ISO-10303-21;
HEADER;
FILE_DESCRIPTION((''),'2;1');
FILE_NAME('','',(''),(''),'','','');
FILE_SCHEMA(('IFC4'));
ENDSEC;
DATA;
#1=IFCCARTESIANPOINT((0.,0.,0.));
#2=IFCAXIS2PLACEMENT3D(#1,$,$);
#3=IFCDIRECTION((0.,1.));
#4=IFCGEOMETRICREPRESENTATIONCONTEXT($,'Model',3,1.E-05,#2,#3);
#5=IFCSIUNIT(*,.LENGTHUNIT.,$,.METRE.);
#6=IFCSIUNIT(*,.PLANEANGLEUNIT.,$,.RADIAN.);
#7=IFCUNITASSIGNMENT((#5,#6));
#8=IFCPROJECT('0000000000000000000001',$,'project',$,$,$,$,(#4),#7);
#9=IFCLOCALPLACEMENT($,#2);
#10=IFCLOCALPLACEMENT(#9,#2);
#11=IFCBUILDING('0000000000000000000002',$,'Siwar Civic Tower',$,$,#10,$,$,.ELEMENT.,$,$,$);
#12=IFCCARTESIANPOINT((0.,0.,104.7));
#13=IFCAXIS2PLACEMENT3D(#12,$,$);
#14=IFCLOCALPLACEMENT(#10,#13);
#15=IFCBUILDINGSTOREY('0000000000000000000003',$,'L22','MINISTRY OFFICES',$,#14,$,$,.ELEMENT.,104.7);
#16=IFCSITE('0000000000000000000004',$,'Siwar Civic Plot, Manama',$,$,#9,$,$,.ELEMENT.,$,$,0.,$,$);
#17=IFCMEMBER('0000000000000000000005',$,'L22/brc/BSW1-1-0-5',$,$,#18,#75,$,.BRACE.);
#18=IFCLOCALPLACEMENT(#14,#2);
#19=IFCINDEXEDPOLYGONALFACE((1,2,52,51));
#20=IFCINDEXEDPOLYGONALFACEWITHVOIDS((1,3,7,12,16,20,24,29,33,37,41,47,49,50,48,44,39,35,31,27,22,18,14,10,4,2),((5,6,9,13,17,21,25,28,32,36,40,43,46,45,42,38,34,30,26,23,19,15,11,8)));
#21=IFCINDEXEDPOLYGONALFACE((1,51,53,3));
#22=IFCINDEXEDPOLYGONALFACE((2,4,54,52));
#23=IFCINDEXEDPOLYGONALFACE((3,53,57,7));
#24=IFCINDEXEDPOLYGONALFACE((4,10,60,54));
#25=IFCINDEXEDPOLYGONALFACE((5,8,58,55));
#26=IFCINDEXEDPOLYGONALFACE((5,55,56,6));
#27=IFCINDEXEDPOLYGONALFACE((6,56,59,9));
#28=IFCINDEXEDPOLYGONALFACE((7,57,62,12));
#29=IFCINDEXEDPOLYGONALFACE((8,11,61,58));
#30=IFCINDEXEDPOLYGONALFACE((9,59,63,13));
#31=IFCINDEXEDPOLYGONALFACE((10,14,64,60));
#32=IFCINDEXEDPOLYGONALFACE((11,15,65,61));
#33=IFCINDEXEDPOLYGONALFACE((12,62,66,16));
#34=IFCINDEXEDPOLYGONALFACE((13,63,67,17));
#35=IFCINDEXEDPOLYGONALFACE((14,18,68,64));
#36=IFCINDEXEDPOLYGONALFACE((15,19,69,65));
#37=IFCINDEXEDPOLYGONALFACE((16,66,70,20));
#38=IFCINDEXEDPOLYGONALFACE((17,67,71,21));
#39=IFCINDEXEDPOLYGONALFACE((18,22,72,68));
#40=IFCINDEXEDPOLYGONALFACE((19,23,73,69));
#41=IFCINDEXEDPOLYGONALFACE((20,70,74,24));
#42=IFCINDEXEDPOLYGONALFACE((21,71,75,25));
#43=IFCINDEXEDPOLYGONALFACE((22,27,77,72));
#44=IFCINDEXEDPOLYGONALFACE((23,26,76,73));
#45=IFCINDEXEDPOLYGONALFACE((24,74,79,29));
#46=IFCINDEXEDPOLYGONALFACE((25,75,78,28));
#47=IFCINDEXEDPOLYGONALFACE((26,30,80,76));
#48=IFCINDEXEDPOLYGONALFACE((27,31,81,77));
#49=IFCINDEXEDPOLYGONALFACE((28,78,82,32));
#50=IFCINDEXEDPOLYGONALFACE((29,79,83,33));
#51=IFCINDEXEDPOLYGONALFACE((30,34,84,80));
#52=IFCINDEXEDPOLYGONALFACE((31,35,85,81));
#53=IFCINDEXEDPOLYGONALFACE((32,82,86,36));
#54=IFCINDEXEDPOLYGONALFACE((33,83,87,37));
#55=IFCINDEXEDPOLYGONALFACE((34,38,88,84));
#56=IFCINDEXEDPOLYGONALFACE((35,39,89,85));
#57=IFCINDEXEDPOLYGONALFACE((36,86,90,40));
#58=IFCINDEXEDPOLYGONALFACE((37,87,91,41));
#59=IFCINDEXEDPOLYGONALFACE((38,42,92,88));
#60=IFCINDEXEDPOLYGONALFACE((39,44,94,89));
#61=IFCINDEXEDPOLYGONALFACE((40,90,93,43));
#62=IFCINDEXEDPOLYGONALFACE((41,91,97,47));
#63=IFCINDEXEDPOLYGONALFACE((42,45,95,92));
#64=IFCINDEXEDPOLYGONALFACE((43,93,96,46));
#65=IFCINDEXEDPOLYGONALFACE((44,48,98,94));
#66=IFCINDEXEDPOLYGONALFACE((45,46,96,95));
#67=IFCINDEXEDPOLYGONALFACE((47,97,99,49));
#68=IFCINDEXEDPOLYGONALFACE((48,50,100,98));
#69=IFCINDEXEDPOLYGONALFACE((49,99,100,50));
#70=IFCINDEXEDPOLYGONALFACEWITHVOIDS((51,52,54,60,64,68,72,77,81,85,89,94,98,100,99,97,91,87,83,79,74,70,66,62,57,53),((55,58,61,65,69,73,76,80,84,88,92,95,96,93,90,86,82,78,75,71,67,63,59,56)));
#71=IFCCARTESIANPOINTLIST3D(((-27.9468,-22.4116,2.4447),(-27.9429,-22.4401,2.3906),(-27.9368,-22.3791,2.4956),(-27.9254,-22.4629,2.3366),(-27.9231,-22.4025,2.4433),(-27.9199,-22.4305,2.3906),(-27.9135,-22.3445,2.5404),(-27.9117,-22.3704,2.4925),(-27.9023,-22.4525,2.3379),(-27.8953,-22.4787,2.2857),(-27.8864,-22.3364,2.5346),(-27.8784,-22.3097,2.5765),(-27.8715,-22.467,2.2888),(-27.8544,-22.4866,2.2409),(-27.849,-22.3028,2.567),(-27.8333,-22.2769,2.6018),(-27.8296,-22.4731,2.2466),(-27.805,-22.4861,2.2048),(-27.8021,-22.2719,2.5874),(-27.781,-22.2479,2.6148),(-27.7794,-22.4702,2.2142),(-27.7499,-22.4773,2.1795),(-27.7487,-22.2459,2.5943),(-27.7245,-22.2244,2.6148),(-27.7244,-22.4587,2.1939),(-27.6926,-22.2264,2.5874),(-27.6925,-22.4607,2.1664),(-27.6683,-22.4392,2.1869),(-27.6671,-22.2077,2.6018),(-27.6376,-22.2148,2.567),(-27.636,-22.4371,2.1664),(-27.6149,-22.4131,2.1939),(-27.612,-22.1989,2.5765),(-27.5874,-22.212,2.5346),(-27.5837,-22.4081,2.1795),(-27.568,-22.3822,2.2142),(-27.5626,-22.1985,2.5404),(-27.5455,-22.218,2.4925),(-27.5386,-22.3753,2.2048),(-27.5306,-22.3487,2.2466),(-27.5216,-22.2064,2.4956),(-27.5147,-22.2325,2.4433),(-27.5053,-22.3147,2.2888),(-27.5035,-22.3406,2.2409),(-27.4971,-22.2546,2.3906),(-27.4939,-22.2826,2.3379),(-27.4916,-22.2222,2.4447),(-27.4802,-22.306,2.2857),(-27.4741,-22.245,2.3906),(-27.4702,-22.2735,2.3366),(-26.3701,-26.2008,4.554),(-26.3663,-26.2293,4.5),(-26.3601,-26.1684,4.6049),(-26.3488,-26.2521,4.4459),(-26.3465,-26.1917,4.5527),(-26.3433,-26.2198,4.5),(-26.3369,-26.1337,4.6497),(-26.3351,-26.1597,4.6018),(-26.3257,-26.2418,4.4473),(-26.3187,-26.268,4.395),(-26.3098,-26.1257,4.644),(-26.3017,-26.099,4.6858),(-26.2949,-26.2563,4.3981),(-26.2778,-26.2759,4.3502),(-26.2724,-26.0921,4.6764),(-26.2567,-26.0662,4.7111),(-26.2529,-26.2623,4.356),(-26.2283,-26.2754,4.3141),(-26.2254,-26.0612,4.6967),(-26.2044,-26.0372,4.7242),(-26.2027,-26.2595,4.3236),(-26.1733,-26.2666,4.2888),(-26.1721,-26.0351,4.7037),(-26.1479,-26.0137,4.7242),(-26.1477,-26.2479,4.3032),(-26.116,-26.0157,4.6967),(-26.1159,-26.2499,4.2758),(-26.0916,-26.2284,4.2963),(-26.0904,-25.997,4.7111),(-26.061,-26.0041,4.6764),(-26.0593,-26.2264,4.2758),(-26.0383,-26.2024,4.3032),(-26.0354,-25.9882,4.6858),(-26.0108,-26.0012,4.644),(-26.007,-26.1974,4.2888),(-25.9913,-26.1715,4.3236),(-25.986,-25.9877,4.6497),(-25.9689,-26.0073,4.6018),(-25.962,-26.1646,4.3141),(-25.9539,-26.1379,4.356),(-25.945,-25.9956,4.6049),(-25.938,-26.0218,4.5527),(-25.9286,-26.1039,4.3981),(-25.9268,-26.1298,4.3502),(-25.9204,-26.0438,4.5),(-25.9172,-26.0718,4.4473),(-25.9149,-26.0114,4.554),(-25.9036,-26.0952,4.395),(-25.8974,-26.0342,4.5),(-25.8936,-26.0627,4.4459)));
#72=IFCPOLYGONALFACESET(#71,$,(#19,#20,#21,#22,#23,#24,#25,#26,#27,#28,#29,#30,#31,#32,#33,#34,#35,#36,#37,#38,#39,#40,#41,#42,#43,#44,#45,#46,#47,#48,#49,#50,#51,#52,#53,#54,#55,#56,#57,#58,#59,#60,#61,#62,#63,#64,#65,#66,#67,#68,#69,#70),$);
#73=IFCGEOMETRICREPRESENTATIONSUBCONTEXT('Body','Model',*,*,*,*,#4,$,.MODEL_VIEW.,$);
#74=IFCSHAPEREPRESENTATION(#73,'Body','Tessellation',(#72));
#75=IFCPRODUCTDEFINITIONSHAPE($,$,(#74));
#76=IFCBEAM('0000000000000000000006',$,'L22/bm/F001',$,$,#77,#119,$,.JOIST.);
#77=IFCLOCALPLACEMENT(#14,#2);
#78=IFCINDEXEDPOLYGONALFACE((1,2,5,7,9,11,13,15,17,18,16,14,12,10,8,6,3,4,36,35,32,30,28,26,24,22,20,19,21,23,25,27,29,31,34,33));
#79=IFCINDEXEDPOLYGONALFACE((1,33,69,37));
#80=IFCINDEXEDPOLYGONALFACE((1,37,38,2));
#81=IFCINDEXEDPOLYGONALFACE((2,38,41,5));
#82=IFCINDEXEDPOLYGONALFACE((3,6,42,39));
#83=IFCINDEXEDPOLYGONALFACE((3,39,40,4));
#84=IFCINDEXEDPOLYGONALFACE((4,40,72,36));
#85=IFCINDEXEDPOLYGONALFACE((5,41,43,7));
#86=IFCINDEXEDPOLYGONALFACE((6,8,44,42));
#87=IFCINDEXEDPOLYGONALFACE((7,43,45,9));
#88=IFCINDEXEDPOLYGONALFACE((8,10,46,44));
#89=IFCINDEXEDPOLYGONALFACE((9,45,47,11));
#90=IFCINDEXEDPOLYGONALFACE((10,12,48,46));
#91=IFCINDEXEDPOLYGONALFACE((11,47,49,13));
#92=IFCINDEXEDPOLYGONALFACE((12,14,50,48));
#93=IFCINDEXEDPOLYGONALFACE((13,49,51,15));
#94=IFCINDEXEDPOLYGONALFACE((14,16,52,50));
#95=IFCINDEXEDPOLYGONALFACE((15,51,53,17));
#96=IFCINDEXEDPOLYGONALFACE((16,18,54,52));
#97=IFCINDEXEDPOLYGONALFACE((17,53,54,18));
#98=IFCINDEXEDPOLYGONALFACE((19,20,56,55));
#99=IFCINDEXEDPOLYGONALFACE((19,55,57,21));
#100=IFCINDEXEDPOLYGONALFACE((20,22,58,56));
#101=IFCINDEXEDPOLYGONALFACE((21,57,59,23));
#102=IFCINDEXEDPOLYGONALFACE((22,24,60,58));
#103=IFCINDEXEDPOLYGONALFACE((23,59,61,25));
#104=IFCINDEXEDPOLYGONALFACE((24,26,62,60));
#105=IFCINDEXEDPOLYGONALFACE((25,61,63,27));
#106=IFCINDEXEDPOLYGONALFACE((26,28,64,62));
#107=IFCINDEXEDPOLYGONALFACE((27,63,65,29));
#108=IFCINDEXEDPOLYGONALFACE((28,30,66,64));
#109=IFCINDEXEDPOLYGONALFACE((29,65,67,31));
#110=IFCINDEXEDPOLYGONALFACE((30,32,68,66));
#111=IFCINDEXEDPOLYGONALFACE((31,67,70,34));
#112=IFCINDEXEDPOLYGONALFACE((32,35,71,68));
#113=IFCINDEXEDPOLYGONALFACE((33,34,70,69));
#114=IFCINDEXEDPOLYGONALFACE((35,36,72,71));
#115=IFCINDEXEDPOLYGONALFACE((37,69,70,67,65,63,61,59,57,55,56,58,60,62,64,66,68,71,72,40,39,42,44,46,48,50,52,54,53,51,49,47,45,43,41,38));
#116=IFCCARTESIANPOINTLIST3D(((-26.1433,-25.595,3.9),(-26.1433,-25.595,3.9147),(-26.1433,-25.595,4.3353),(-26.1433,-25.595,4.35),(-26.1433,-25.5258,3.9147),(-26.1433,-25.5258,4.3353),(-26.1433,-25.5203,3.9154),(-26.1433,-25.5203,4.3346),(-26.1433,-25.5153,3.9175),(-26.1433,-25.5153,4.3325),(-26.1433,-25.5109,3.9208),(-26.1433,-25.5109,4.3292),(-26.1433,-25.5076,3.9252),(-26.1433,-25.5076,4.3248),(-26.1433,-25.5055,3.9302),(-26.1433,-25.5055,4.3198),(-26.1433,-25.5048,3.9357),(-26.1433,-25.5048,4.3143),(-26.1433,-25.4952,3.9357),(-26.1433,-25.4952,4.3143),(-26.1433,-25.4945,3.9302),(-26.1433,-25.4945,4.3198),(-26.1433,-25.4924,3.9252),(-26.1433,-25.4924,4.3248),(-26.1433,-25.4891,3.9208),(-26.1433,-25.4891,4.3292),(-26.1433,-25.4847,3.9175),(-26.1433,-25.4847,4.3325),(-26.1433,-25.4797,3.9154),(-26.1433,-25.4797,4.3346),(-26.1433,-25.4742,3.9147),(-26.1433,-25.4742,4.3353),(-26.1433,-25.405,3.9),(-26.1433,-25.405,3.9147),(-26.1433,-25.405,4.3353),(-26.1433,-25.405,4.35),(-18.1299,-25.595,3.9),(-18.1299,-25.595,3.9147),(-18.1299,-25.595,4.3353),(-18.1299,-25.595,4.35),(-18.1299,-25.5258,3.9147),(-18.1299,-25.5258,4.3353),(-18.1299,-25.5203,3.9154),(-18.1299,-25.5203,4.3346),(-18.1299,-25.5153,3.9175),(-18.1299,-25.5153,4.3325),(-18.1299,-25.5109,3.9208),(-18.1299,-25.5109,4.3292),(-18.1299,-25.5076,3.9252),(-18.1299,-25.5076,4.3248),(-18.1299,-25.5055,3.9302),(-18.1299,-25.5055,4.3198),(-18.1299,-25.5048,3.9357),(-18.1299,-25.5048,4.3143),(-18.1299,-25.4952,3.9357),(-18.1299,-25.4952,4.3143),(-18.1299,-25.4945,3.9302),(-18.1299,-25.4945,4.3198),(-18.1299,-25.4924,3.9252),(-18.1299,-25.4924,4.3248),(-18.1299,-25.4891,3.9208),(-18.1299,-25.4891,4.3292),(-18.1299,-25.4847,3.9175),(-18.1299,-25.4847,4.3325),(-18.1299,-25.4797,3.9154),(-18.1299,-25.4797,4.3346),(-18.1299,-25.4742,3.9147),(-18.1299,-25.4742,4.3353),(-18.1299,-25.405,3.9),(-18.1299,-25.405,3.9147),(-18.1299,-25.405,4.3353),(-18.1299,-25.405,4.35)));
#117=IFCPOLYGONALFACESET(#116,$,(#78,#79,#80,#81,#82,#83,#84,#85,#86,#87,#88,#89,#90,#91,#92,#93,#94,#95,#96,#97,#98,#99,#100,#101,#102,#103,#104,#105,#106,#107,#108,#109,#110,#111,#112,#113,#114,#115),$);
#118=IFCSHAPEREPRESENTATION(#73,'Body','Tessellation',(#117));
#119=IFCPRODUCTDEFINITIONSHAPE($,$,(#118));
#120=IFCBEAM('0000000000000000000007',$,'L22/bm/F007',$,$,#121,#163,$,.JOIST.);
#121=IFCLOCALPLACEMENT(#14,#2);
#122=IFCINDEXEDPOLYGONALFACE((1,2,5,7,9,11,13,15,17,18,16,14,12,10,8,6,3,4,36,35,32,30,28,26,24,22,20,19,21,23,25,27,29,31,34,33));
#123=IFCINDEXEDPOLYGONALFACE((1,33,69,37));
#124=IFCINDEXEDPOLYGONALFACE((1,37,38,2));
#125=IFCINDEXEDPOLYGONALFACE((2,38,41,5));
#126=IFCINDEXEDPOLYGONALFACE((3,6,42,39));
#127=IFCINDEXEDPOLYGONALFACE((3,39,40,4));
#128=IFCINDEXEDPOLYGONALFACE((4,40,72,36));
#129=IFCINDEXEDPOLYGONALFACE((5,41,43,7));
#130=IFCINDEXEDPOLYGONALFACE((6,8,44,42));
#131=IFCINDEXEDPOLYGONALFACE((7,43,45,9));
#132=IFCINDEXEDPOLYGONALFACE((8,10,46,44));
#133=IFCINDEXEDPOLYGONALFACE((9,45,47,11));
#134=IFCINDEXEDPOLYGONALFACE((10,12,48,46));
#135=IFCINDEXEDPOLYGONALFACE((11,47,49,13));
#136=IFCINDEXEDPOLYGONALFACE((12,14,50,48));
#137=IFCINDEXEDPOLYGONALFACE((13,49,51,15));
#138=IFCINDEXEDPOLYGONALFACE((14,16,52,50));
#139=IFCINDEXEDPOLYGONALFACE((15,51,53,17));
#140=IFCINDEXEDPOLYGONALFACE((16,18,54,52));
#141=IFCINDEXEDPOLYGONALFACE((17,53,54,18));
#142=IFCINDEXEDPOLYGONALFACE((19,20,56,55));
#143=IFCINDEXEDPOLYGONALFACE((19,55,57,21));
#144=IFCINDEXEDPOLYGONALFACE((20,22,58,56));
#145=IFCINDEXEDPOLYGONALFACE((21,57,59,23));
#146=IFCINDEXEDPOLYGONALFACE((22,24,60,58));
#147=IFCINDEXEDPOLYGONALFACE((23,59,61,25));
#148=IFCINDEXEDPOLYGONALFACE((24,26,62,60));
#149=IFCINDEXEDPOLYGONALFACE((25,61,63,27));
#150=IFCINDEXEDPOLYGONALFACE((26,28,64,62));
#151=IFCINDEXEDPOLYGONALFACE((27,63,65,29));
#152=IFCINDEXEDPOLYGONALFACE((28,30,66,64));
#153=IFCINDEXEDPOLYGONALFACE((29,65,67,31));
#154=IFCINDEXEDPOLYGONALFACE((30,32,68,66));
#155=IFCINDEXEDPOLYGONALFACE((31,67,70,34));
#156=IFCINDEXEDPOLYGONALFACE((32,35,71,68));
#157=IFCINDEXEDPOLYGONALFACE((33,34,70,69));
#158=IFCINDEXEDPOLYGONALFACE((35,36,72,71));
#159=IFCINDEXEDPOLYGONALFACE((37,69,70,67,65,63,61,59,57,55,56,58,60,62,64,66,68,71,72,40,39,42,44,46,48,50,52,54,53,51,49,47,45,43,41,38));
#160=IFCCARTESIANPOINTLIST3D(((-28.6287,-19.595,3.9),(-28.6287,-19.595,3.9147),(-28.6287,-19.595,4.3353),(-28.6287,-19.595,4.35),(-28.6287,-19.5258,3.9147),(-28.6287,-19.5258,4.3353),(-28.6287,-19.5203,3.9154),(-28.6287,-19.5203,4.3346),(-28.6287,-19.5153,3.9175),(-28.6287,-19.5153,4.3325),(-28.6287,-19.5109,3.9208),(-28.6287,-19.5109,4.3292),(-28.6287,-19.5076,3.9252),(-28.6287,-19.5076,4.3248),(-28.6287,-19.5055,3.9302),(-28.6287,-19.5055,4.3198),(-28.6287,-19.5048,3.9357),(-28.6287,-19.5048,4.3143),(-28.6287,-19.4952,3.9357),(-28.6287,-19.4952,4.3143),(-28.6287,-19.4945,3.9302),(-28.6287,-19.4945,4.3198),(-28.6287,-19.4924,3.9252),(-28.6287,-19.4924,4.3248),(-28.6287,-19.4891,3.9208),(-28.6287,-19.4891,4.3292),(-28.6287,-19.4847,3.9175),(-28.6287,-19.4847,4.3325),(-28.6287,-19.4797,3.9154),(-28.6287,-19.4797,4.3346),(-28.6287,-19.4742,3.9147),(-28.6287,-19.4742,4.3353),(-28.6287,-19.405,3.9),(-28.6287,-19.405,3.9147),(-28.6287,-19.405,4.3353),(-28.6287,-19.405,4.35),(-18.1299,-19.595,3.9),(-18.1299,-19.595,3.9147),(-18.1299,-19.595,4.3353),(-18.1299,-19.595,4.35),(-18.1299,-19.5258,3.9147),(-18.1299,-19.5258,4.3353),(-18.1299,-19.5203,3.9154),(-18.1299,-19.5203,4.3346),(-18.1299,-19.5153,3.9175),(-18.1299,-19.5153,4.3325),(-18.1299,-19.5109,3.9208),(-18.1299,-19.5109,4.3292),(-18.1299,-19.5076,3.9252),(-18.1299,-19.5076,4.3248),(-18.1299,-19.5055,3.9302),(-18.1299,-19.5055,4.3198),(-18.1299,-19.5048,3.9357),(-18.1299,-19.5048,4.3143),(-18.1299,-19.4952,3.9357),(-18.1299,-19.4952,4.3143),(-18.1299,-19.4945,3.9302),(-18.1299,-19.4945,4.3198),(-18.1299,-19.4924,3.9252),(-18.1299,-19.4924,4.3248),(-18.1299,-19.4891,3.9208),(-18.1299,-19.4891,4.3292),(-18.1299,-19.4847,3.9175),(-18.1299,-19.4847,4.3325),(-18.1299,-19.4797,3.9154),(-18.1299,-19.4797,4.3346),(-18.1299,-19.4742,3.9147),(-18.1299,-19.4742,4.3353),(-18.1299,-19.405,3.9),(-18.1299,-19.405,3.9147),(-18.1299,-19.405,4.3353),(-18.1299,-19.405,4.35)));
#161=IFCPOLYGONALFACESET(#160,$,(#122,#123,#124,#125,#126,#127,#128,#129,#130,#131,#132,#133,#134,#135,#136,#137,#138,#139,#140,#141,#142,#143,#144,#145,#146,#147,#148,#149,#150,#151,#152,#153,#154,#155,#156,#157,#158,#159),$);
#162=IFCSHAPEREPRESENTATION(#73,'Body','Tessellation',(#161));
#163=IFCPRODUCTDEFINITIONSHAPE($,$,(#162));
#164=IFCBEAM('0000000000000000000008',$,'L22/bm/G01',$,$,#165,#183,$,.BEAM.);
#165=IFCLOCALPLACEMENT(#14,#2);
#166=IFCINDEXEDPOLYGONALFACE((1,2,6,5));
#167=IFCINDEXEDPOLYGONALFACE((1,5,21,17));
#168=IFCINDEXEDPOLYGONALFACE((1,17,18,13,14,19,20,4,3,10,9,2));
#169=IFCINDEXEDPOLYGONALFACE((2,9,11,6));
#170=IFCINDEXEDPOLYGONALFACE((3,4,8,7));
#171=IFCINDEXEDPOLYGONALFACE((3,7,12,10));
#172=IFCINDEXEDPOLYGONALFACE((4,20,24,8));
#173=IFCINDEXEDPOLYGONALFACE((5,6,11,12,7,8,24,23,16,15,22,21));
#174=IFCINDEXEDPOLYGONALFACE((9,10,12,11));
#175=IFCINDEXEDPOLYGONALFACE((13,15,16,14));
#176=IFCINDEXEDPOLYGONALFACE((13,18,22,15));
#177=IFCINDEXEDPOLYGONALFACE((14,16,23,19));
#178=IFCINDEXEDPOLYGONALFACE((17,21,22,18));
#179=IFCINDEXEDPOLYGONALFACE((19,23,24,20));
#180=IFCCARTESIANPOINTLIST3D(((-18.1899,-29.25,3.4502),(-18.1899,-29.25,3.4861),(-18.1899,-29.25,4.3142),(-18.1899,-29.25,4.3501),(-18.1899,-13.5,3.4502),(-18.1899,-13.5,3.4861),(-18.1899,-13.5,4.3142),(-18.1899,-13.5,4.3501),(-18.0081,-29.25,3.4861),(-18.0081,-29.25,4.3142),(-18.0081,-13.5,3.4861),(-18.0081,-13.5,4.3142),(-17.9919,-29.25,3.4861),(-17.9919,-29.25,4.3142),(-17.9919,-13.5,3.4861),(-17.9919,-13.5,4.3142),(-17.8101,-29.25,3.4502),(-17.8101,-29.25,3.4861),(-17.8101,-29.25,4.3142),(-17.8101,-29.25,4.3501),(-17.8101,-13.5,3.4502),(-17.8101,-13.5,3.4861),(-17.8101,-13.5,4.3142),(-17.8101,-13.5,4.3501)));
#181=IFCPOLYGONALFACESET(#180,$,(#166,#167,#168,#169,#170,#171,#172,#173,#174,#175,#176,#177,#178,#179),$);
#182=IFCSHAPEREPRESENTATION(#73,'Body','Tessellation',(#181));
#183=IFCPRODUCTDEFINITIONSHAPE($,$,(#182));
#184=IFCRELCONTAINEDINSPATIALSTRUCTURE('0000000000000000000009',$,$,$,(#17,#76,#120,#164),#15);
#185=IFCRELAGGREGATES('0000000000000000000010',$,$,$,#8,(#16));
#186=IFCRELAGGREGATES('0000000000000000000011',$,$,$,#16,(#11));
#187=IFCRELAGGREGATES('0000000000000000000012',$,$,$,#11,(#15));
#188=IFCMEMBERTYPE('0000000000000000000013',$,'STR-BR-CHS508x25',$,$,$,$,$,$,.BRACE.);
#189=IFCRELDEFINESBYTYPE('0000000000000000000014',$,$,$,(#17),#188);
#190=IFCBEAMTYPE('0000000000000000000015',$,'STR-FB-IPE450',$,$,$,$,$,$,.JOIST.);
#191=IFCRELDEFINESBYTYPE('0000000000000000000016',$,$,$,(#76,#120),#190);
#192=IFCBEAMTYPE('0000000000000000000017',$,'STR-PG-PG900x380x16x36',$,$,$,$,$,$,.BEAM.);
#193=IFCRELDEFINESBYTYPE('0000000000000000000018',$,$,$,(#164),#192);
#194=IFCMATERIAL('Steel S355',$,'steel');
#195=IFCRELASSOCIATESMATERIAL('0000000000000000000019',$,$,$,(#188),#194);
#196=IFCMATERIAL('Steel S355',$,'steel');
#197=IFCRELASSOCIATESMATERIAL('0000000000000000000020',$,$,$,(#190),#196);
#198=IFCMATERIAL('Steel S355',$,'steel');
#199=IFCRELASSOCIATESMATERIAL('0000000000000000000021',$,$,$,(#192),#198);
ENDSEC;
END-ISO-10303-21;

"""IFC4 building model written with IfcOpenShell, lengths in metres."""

from ifc_helpers import new_model, si_unit, direction, frame, origin, origin_2d, place, context, subcontext, project, spatial, hollow_circle, i_section, extrude, material, material_profile, profile_set, type_object, element, save


model = new_model("IFC4")

# Units and contexts
model_context = context("Model", 3, precision=1e-05, world=origin(), true_north=direction((0.0, 1.0)))
body_context = subcontext(model_context, "Body", "Model", "MODEL_VIEW")
ifc_project = project(units=[si_unit("LENGTHUNIT", "METRE"), si_unit("PLANEANGLEUNIT", "RADIAN")], contexts=[model_context])

# Site, building, storey
site_placement = place(None, origin())
site = spatial("IfcSite", under=ifc_project, at=site_placement, Name="Siwar Civic Plot, Manama", CompositionType="ELEMENT", RefElevation=0.0)
building_placement = place(site_placement, origin())
building = spatial("IfcBuilding", under=site, at=building_placement, Name="Siwar Civic Tower", CompositionType="ELEMENT")
storey_placement = place(building_placement, frame((0.0, 0.0, 104.7)))
storey = spatial("IfcBuildingStorey", under=building, at=storey_placement, Name="L22", Description="MINISTRY OFFICES", CompositionType="ELEMENT", Elevation=104.7)

# Member
ifc_material_1 = material(Name="Steel S355", Category="steel")
ifc_material_profile_1 = material_profile(ifc_material_1, hollow_circle(Radius=0.2539, WallThickness=0.0249, at=origin_2d()), Name="CHS508x25")
ifc_profile_set_1 = profile_set([ifc_material_profile_1], Name="Steel S355")
member_type_1 = type_object("IfcMemberType", Name="STR-BR-CHS508x25", PredefinedType="BRACE", material=ifc_profile_set_1)
for number, where, z_axis, x_axis, name in (
    (1, (-27.7085, -22.3425, 2.3906), (0.341671, -0.821163, 0.457113), (0.923269, 0.384155, 0.0), "L22/brc/BSW1-1-0-5"),
):
    element("IfcMember", number, at=place(storey_placement, frame(where, z_axis=z_axis, x_axis=x_axis)), inside=storey, type_object=member_type_1, Name=name, PredefinedType="BRACE", context=body_context, shape_type="SweptSolid", body=[
        extrude(hollow_circle(Radius=0.2539, WallThickness=0.0249, at=origin_2d()), origin(), (0.0, 0.0, 1.0), 4.6145),
    ])

# Beams
ifc_material_2 = material(Name="Steel S355", Category="steel")
ifc_material_profile_2 = material_profile(ifc_material_2, i_section(OverallWidth=0.1899, OverallDepth=0.45, WebThickness=0.0095, FlangeThickness=0.0146, FilletRadius=0.021, at=origin_2d()), Name="IPE450")
ifc_profile_set_2 = profile_set([ifc_material_profile_2], Name="Steel S355")
beam_type_1 = type_object("IfcBeamType", Name="STR-FB-IPE450", PredefinedType="JOIST", material=ifc_profile_set_2)
beam_1_placement = place(storey_placement, frame((-26.1433, -25.5, 4.125), z_axis=(1.0, 0.0, 0.0), x_axis=(0.0, 1.0, 0.0)))
element("IfcBeam", 2, at=beam_1_placement, inside=storey, type_object=beam_type_1, Name="L22/bm/F001", PredefinedType="JOIST", context=body_context, shape_type="SweptSolid", body=[
    extrude(i_section(OverallWidth=0.1899, OverallDepth=0.45, WebThickness=0.0095, FlangeThickness=0.0146, FilletRadius=0.021, at=origin_2d()), origin(), (0.0, 0.0, 1.0), 8.0134),
])
beam_2_placement = place(storey_placement, frame((-28.6287, -19.5, 4.125), z_axis=(1.0, 0.0, 0.0), x_axis=(0.0, 1.0, 0.0)))
element("IfcBeam", 3, at=beam_2_placement, inside=storey, type_object=beam_type_1, Name="L22/bm/F007", PredefinedType="JOIST", context=body_context, shape_type="SweptSolid", body=[
    extrude(i_section(OverallWidth=0.1899, OverallDepth=0.45, WebThickness=0.0095, FlangeThickness=0.0146, FilletRadius=0.021, at=origin_2d()), origin(), (0.0, 0.0, 1.0), 10.4988),
])
ifc_material_3 = material(Name="Steel S355", Category="steel")
ifc_material_profile_3 = material_profile(ifc_material_3, i_section(OverallWidth=0.3799, OverallDepth=0.8999, WebThickness=0.0161, FlangeThickness=0.0359, at=origin_2d()), Name="PG900x380x16x36")
ifc_profile_set_3 = profile_set([ifc_material_profile_3], Name="Steel S355")
beam_type_2 = type_object("IfcBeamType", Name="STR-PG-PG900x380x16x36", PredefinedType="BEAM", material=ifc_profile_set_3)
beam_3_placement = place(storey_placement, frame((-18.0, -29.25, 3.9001), z_axis=(0.0, 1.0, 0.0), x_axis=(-1.0, 0.0, 0.0)))
element("IfcBeam", 4, at=beam_3_placement, inside=storey, type_object=beam_type_2, Name="L22/bm/G01", PredefinedType="BEAM", context=body_context, shape_type="SweptSolid", body=[
    extrude(i_section(OverallWidth=0.3799, OverallDepth=0.8999, WebThickness=0.0161, FlangeThickness=0.0359, at=origin_2d()), origin(), (0.0, 0.0, 1.0), 15.75),
])

save(model, "model.ifc")
